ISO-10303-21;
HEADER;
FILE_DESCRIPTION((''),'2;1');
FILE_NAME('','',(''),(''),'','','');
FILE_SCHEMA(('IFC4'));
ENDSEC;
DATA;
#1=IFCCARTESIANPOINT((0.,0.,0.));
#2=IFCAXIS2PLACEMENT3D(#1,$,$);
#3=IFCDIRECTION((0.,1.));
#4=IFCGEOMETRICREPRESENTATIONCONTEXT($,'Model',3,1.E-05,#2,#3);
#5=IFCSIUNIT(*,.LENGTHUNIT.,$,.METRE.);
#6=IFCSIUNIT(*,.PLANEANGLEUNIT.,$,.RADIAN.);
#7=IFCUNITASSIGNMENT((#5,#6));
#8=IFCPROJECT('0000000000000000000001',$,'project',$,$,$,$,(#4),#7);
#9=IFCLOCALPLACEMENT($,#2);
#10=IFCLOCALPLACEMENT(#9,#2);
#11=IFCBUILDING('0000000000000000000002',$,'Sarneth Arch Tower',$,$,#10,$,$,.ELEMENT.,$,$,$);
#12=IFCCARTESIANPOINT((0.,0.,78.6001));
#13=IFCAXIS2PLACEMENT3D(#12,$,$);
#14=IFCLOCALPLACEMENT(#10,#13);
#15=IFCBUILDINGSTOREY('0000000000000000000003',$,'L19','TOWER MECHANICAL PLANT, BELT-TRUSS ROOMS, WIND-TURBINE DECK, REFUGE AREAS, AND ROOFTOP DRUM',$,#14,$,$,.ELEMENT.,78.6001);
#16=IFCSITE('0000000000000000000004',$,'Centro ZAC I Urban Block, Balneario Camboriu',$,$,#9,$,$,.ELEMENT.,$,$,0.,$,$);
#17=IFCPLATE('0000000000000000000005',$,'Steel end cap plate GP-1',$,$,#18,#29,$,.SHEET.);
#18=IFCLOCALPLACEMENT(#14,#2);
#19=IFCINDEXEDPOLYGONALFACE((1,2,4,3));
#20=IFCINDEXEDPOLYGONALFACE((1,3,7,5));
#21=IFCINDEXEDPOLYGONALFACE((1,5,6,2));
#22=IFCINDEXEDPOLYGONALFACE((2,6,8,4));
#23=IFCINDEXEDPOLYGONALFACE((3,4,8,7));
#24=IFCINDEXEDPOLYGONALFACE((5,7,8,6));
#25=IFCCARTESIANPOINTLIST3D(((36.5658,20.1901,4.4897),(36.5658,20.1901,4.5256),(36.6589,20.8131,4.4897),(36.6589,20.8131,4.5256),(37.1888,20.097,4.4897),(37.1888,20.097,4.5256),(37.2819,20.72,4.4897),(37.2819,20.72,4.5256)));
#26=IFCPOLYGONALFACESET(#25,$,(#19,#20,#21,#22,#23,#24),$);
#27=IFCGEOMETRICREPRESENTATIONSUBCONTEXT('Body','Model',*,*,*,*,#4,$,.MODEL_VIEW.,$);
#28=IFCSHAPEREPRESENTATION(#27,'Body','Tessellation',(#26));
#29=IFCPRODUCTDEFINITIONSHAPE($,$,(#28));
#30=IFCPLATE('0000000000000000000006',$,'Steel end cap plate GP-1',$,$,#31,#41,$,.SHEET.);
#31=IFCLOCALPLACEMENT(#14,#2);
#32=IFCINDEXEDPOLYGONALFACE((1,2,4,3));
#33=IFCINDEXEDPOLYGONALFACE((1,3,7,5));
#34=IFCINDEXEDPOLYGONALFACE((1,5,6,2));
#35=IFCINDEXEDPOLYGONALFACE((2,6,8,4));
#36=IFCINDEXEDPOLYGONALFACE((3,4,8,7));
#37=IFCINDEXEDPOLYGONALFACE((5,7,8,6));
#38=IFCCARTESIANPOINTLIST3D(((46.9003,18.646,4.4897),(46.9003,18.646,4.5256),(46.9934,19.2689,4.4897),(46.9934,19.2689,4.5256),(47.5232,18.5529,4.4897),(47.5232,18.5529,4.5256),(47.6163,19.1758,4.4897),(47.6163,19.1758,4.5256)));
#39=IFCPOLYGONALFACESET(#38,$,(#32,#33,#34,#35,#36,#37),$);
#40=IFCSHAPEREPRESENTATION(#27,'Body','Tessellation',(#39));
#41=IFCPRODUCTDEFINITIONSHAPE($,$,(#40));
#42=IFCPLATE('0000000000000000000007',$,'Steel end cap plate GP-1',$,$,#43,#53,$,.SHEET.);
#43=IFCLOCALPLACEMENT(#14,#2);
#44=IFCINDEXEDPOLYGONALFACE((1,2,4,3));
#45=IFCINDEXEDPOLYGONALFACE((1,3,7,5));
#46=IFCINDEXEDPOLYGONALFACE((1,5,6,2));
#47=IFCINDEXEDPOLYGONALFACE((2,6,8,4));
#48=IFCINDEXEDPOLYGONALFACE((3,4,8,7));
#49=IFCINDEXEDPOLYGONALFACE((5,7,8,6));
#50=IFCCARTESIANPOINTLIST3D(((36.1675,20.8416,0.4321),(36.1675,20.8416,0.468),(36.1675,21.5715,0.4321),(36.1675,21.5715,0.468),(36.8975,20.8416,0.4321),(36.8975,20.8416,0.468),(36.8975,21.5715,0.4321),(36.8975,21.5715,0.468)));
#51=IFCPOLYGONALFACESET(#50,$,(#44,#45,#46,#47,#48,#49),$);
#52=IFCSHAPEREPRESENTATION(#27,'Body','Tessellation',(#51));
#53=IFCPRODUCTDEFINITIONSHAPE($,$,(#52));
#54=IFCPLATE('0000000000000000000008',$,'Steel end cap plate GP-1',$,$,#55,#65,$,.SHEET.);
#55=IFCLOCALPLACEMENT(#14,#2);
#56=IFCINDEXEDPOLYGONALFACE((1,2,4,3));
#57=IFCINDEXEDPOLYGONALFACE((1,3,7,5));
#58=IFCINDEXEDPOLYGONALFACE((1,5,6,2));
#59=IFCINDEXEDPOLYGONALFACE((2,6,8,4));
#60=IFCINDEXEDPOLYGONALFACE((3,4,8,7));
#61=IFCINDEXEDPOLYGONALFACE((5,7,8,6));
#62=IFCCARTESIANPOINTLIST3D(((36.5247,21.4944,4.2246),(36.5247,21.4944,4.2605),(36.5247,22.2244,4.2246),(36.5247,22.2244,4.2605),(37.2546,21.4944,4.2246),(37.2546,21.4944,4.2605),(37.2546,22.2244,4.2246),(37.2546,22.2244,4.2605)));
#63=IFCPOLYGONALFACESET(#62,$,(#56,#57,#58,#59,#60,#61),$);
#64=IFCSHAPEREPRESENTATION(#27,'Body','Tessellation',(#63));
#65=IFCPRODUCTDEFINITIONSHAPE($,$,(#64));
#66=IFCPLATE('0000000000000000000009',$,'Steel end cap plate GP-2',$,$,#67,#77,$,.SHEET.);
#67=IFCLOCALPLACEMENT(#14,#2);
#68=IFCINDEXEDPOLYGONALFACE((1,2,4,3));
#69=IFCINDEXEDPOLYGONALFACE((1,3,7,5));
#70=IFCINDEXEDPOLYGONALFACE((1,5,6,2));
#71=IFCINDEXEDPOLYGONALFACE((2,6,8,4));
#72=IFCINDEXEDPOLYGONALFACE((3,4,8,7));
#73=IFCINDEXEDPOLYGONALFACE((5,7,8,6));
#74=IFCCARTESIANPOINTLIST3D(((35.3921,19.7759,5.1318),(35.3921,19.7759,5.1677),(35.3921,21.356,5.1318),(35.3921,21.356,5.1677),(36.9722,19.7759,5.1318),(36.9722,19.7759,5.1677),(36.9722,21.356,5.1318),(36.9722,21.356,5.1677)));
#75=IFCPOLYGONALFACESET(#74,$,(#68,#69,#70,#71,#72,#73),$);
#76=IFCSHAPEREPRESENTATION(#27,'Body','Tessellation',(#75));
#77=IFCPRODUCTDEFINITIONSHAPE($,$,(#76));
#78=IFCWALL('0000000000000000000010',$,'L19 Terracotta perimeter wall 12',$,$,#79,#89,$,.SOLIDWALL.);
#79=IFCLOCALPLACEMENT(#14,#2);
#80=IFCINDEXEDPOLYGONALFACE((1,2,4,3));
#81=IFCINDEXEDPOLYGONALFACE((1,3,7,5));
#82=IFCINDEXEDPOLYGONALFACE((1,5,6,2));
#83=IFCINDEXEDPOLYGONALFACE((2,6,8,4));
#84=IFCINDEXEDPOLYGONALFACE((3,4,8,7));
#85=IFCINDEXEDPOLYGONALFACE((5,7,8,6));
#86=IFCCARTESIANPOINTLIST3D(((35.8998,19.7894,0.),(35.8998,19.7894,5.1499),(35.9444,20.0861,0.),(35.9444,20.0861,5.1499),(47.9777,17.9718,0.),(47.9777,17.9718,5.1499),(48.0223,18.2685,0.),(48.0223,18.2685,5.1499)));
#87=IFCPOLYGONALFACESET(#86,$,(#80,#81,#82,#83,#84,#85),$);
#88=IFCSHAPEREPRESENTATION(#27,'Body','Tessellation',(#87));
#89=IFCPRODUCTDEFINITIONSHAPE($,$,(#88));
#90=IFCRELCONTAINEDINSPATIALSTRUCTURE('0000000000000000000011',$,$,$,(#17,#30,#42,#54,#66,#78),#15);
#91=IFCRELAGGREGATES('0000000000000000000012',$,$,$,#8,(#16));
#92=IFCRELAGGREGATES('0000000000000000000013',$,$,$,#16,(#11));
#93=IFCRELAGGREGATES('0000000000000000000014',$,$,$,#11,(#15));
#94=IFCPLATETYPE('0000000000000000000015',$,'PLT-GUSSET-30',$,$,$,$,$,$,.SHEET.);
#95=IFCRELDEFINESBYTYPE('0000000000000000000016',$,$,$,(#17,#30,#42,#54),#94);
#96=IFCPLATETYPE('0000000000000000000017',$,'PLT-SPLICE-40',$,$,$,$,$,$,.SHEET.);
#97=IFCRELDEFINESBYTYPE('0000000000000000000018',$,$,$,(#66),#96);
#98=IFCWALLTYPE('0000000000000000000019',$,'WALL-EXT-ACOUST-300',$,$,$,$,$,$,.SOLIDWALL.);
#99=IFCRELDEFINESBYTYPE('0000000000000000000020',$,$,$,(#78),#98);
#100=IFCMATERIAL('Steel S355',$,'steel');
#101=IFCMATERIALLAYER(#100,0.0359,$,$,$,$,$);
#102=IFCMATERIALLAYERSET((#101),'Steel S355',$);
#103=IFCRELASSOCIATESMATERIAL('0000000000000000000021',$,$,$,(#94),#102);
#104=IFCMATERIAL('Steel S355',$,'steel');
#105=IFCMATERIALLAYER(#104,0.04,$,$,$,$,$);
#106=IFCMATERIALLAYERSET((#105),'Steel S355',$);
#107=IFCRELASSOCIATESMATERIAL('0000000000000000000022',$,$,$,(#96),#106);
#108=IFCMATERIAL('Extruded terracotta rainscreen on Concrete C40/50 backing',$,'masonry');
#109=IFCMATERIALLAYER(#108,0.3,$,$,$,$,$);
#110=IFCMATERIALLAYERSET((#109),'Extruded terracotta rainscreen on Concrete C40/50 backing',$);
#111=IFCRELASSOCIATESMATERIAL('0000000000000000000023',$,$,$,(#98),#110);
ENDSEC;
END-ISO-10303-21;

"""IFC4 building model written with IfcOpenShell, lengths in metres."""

from ifc_helpers import new_model, si_unit, direction, frame, frame_2d, origin, origin_2d, place, context, subcontext, project, spatial, rectangle, extrude, material, layer, layer_set, type_object, element, save


model = new_model("IFC4")

# Units and contexts
model_context = context("Model", 3, precision=1e-05, world=origin(), true_north=direction((0.0, 1.0)))
body_context = subcontext(model_context, "Body", "Model", "MODEL_VIEW")
ifc_project = project(units=[si_unit("LENGTHUNIT", "METRE"), si_unit("PLANEANGLEUNIT", "RADIAN")], contexts=[model_context])

# Site, building, storey
site_placement = place(None, origin())
site = spatial("IfcSite", under=ifc_project, at=site_placement, Name="Centro ZAC I Urban Block, Balneario Camboriu", CompositionType="ELEMENT", RefElevation=0.0)
building_placement = place(site_placement, origin())
building = spatial("IfcBuilding", under=site, at=building_placement, Name="Sarneth Arch Tower", CompositionType="ELEMENT")
storey_placement = place(building_placement, frame((0.0, 0.0, 78.6001)))
storey = spatial("IfcBuildingStorey", under=building, at=storey_placement, Name="L19", Description="TOWER MECHANICAL PLANT, BELT-TRUSS ROOMS, WIND-TURBINE DECK, REFUGE AREAS, AND ROOFTOP DRUM", CompositionType="ELEMENT", Elevation=78.6001)

# Plates
ifc_material_1 = material(Name="Steel S355", Category="steel")
ifc_layer_1 = layer(ifc_material_1, 0.0359)
ifc_layer_set_1 = layer_set([ifc_layer_1], Name="Steel S355")
plate_type_1 = type_object("IfcPlateType", Name="PLT-GUSSET-30", PredefinedType="SHEET", material=ifc_layer_set_1)
for number, where, z_axis, x_axis, name in (
    (1, (36.9238, 20.4551, 4.4897), (0.0, 0.0, 1.0), (-0.989016, 0.147809, 0.0), "Steel end cap plate GP-1"),
    (2, (47.2583, 18.9109, 4.4897), (0.0, 0.0, 1.0), (0.989016, -0.147809, 0.0), "Steel end cap plate GP-1"),
):
    element("IfcPlate", number, at=place(storey_placement, frame(where, z_axis=z_axis, x_axis=x_axis)), inside=storey, type_object=plate_type_1, Name=name, PredefinedType="SHEET", context=body_context, shape_type="SweptSolid", body=[
        extrude(rectangle(XDim=0.6299, YDim=0.6299, at=origin_2d()), origin(), (0.0, 0.0, 1.0), 0.0359),
    ])
for number, where, z_axis, x_axis, name in (
    (3, (36.5325, 21.2065, 0.4321), (0.0, 0.0, 1.0), (1.0, 0.0, 0.0), "Steel end cap plate GP-1"),
    (4, (36.8896, 21.8594, 4.2246), (0.0, 0.0, 1.0), (1.0, 0.0, 0.0), "Steel end cap plate GP-1"),
):
    element("IfcPlate", number, at=place(storey_placement, frame(where, z_axis=z_axis, x_axis=x_axis)), inside=storey, type_object=plate_type_1, Name=name, PredefinedType="SHEET", context=body_context, shape_type="SweptSolid", body=[
        extrude(rectangle(XDim=0.73, YDim=0.73, at=origin_2d()), origin(), (0.0, 0.0, 1.0), 0.0359),
    ])
ifc_material_2 = material(Name="Steel S355", Category="steel")
ifc_layer_2 = layer(ifc_material_2, 0.04)
ifc_layer_set_2 = layer_set([ifc_layer_2], Name="Steel S355")
plate_type_2 = type_object("IfcPlateType", Name="PLT-SPLICE-40", PredefinedType="SHEET", material=ifc_layer_set_2)
plate_1_placement = place(storey_placement, frame((36.1821, 20.5659, 5.1318), z_axis=(0.0, 0.0, 1.0), x_axis=(1.0, 0.0, 0.0)))
element("IfcPlate", 5, at=plate_1_placement, inside=storey, type_object=plate_type_2, Name="Steel end cap plate GP-2", PredefinedType="SHEET", context=body_context, shape_type="SweptSolid", body=[
    extrude(rectangle(XDim=1.5801, YDim=1.5801, at=origin_2d()), origin(), (0.0, 0.0, 1.0), 0.0359),
])

# Wall
ifc_material_3 = material(Name="Extruded terracotta rainscreen on Concrete C40/50 backing", Category="masonry")
ifc_layer_3 = layer(ifc_material_3, 0.3)
ifc_layer_set_3 = layer_set([ifc_layer_3], Name="Extruded terracotta rainscreen on Concrete C40/50 backing")
wall_type = type_object("IfcWallType", Name="WALL-EXT-ACOUST-300", PredefinedType="SOLIDWALL", material=ifc_layer_set_3)
wall_placement = place(storey_placement, frame((35.9221, 19.9377, 0.0), z_axis=(0.0, 0.0, 1.0), x_axis=(0.988865, -0.148816, 0.0)))
element("IfcWall", 6, at=wall_placement, inside=storey, type_object=wall_type, Name="L19 Terracotta perimeter wall 12", PredefinedType="SOLIDWALL", context=body_context, shape_type="SweptSolid", body=[
    extrude(rectangle(XDim=12.2139, YDim=0.3, at=frame_2d((6.1069, 0.0))), origin(), (0.0, 0.0, 1.0), 5.1499),
])

save(model, "model.ifc")
